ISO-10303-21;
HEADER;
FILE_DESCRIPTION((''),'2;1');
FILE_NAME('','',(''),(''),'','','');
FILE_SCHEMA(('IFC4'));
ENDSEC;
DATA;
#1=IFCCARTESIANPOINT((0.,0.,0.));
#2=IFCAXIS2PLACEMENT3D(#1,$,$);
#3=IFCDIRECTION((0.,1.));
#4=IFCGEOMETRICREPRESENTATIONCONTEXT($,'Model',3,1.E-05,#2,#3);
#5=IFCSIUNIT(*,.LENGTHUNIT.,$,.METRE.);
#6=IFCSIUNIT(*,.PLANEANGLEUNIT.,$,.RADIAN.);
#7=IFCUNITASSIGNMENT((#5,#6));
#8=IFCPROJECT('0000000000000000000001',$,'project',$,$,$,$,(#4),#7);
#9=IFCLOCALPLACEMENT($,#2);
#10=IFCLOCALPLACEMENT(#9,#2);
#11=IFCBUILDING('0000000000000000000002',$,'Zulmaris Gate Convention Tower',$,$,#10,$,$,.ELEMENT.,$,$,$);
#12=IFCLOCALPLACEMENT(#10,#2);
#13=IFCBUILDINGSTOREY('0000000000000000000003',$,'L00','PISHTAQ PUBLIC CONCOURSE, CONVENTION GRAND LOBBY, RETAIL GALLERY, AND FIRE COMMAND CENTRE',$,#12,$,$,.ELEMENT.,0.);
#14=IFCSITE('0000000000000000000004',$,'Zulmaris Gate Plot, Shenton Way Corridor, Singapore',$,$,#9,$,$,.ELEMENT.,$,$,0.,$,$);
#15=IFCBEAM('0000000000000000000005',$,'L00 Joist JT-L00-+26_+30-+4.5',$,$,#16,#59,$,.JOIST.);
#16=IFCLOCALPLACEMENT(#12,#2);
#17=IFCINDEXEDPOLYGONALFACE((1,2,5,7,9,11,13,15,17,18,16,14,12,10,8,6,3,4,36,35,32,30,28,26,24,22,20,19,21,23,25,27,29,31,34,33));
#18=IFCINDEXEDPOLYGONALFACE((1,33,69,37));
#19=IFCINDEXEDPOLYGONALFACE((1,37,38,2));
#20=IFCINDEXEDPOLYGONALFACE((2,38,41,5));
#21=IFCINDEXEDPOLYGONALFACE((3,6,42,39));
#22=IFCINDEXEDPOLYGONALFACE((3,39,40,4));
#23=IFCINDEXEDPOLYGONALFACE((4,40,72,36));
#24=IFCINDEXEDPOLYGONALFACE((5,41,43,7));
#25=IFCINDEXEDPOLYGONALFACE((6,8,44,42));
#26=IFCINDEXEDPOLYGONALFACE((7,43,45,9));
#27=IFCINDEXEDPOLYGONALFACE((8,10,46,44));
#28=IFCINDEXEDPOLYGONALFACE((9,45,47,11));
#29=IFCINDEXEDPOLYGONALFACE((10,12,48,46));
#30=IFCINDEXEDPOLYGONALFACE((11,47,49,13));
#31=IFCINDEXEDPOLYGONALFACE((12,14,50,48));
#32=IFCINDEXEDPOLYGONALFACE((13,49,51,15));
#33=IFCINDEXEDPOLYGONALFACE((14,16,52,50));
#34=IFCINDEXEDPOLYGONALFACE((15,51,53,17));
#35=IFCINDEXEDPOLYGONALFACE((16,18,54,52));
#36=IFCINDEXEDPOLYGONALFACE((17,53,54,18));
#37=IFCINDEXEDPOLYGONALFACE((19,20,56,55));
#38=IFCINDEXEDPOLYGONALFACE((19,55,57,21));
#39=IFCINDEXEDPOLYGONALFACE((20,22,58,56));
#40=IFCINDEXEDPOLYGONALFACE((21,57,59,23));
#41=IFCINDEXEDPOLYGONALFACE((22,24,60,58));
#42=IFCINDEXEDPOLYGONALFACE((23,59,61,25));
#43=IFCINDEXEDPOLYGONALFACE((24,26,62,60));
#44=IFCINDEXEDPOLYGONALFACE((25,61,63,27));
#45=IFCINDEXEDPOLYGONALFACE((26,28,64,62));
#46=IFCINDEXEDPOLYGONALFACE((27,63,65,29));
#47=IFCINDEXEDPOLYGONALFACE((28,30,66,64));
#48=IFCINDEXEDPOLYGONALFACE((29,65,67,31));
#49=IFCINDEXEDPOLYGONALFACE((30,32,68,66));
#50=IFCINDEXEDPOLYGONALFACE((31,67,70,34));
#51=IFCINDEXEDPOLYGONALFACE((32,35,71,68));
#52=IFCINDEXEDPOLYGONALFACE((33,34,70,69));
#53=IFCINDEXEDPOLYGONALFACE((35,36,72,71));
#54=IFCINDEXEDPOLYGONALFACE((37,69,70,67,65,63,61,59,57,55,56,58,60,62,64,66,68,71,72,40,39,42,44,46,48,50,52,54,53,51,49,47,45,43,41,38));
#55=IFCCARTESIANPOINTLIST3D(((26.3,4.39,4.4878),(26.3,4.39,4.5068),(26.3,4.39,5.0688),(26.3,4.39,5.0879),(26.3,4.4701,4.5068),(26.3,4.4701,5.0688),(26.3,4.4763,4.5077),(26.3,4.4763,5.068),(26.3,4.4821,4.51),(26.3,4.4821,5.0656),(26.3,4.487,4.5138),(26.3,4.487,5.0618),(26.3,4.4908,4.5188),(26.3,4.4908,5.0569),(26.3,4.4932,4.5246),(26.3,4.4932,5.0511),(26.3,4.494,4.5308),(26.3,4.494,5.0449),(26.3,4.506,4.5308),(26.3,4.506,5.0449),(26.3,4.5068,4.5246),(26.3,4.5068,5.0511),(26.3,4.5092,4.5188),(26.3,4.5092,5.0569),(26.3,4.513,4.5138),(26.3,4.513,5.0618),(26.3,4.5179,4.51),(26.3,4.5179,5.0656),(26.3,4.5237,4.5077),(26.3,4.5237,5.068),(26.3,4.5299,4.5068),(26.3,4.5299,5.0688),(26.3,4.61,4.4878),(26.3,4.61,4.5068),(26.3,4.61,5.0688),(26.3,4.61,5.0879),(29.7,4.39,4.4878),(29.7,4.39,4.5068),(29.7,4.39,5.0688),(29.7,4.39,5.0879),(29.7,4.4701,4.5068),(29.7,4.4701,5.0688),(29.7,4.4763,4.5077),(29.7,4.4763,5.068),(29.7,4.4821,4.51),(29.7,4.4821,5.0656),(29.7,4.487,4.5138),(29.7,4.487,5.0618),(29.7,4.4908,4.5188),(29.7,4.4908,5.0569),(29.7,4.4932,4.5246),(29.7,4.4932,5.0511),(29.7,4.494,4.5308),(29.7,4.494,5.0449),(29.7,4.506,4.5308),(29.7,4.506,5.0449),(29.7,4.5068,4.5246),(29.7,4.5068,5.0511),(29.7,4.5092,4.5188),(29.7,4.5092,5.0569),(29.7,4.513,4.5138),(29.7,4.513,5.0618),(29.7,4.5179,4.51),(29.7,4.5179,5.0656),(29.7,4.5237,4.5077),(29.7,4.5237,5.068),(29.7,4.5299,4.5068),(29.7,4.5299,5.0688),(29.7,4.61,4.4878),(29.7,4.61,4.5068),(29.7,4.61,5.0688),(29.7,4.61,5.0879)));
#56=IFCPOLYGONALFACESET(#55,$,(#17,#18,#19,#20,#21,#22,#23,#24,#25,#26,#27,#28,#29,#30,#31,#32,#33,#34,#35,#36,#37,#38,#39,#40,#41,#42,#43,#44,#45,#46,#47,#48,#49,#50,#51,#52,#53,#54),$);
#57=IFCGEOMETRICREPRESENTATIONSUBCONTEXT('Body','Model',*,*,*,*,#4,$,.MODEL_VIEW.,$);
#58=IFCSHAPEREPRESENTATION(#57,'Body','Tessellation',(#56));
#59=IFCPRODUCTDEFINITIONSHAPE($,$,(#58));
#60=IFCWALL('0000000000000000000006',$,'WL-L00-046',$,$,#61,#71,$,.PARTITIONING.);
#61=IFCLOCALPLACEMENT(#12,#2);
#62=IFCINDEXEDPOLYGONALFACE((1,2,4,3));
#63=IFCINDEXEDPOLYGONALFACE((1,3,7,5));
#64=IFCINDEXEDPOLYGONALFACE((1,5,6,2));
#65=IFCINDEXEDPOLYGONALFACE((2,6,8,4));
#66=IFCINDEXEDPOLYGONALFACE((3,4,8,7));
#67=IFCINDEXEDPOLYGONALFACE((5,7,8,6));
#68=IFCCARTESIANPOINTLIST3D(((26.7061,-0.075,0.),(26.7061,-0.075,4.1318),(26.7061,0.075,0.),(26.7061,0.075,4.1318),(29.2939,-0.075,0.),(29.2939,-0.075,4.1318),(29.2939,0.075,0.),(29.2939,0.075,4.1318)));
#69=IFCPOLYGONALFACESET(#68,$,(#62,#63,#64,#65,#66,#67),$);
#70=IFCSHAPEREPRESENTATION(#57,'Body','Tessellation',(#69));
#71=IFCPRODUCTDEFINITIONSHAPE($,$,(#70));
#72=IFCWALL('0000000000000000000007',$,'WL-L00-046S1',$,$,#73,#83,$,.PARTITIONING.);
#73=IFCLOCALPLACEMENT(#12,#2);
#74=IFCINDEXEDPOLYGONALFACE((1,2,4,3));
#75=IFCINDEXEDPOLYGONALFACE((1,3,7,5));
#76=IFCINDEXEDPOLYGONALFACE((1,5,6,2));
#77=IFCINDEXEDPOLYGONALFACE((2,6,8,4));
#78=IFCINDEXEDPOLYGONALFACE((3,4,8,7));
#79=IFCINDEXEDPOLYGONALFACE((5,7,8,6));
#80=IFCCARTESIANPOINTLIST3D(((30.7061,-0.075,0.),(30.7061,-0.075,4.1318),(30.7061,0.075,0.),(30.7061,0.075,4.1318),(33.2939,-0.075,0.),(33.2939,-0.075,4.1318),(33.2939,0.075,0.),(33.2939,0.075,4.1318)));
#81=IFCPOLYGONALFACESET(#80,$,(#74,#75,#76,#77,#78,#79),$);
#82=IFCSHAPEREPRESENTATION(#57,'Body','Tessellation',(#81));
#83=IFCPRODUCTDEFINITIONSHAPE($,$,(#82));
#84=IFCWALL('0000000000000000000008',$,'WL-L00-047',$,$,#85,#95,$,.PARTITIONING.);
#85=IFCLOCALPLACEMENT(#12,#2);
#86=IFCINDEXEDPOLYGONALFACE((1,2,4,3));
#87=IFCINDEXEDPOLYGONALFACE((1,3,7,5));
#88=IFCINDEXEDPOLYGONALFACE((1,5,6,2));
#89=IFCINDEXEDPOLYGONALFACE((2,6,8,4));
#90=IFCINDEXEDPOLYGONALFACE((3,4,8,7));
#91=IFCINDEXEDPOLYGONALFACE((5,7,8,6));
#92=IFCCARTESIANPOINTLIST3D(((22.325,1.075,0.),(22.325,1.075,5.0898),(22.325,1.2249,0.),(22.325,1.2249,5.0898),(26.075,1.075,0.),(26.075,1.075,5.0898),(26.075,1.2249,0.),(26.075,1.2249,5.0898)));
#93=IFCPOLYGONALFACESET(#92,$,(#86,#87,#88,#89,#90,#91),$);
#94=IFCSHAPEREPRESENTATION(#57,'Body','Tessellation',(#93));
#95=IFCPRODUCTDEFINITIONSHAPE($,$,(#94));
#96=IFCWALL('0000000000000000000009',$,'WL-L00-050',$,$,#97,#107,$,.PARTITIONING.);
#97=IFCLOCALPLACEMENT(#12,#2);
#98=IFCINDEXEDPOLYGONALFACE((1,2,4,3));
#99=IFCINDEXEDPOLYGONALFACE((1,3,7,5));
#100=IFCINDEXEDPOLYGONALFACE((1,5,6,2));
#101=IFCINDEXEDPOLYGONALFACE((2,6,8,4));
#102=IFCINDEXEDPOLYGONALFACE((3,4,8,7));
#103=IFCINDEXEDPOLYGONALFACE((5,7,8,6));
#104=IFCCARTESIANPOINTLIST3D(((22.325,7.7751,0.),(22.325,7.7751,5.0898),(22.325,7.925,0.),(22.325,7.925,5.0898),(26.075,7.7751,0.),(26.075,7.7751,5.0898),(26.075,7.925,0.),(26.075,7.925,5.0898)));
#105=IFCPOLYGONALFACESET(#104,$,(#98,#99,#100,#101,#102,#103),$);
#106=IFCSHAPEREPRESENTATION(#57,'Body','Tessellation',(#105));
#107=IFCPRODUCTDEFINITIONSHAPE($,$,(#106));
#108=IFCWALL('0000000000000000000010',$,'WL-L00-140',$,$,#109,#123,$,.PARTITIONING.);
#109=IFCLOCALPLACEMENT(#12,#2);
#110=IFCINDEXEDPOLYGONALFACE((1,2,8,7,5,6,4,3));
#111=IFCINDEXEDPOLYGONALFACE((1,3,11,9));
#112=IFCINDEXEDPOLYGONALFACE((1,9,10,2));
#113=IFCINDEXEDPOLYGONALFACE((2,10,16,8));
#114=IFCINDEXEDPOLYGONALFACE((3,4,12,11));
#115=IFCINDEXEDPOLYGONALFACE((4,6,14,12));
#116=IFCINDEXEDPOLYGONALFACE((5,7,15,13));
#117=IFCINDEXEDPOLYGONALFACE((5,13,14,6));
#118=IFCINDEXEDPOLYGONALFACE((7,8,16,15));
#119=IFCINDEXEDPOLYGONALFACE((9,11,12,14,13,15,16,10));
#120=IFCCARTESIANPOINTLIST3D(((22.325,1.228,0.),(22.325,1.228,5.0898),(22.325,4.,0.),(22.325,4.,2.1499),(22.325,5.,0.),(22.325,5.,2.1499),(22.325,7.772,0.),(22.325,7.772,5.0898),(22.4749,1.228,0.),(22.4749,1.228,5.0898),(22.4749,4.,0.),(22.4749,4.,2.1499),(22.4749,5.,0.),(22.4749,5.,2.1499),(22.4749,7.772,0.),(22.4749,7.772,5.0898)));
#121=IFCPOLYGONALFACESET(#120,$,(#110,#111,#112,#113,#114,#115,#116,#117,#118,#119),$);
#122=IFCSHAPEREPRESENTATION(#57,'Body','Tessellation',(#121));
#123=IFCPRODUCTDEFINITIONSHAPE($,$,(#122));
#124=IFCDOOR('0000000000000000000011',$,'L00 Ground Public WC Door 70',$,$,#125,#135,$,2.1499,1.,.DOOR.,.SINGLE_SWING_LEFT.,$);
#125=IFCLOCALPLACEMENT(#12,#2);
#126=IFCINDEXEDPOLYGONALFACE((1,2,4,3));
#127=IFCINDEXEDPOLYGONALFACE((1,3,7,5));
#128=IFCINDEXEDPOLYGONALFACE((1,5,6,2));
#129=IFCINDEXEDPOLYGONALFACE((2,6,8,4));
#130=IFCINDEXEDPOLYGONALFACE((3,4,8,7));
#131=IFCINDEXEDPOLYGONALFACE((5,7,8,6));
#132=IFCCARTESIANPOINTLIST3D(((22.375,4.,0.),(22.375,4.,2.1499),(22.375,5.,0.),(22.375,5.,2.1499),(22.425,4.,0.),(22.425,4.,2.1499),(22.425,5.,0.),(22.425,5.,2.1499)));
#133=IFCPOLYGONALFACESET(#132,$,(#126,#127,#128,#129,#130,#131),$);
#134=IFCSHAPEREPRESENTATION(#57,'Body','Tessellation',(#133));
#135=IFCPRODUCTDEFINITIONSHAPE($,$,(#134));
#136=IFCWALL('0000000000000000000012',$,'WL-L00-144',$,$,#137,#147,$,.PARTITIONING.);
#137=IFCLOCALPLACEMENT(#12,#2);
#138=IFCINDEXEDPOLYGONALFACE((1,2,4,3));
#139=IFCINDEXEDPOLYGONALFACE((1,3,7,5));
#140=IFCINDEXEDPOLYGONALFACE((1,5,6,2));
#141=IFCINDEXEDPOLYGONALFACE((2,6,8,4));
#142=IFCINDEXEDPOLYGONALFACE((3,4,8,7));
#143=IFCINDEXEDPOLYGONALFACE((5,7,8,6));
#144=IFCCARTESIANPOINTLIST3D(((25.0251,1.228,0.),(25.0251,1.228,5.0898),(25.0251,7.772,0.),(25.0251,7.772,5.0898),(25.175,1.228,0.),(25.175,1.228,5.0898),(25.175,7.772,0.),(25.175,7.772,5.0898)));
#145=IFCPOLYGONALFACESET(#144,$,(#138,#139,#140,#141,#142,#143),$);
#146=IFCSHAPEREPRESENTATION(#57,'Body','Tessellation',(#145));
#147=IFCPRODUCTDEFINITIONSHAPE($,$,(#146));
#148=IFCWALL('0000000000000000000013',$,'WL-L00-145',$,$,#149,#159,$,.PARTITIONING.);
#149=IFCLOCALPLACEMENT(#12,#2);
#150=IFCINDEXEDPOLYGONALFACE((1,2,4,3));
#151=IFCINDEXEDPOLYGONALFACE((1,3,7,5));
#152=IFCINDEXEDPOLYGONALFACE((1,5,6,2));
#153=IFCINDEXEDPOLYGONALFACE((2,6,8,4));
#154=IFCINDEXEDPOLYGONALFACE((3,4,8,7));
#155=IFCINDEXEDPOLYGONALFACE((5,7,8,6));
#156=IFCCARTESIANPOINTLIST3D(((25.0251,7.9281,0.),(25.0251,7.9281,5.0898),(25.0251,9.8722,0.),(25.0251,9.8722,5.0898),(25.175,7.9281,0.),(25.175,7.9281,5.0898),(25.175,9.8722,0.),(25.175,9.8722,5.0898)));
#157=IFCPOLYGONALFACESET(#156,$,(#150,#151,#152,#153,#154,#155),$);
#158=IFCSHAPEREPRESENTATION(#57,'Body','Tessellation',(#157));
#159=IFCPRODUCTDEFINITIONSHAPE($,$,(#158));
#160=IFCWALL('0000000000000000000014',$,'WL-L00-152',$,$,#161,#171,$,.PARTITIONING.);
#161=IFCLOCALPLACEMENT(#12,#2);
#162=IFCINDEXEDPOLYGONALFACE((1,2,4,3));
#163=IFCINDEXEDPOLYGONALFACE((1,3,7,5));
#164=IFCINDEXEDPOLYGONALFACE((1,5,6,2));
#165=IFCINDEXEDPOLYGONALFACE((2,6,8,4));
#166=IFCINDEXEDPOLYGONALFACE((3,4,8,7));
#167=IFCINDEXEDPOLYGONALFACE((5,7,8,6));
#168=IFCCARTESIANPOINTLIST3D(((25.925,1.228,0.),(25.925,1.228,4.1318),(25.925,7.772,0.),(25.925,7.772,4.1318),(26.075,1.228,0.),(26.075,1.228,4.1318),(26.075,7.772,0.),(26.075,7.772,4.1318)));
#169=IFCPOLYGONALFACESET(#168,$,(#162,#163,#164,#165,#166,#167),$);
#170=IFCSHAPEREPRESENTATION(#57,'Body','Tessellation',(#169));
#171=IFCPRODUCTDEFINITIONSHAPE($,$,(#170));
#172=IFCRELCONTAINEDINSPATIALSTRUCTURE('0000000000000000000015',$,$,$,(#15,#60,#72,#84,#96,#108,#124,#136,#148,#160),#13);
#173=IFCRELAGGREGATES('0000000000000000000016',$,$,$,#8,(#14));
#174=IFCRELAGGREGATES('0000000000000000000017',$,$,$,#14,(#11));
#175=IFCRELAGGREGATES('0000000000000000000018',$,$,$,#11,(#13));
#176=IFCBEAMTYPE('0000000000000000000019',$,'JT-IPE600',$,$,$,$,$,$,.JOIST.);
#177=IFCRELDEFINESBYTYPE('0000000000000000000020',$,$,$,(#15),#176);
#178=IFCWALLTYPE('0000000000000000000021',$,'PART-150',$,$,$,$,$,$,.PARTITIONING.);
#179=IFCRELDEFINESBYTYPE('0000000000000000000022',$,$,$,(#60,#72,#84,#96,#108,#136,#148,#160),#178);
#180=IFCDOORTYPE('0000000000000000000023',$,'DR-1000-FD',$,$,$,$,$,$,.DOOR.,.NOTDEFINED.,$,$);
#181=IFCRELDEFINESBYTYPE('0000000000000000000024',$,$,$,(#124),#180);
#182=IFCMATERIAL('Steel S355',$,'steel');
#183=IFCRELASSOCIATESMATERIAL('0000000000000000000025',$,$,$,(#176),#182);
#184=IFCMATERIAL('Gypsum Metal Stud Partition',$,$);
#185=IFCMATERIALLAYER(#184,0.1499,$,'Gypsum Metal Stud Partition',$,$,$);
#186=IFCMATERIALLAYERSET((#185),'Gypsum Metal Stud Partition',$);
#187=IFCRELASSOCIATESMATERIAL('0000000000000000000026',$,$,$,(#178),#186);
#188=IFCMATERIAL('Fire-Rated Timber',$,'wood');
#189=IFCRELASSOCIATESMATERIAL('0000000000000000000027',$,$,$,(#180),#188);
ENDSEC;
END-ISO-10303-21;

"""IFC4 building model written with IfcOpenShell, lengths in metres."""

from ifc_helpers import new_model, si_unit, direction, frame, frame_2d, origin, origin_2d, place, context, subcontext, project, spatial, rectangle, i_section, extrude, material, layer, layer_set, material_profile, profile_set, type_object, element, fill, save


model = new_model("IFC4")

# Units and contexts
model_context = context("Model", 3, precision=1e-05, world=origin(), true_north=direction((0.0, 1.0)))
body_context = subcontext(model_context, "Body", "Model", "MODEL_VIEW")
ifc_project = project(units=[si_unit("LENGTHUNIT", "METRE"), si_unit("PLANEANGLEUNIT", "RADIAN")], contexts=[model_context])

# Site, building, storey
site_placement = place(None, origin())
site = spatial("IfcSite", under=ifc_project, at=site_placement, Name="Zulmaris Gate Plot, Shenton Way Corridor, Singapore", CompositionType="ELEMENT", RefElevation=0.0)
building_placement = place(site_placement, origin())
building = spatial("IfcBuilding", under=site, at=building_placement, Name="Zulmaris Gate Convention Tower", CompositionType="ELEMENT")
storey_placement = place(building_placement, origin())
storey = spatial("IfcBuildingStorey", under=building, at=storey_placement, Name="L00", Description="PISHTAQ PUBLIC CONCOURSE, CONVENTION GRAND LOBBY, RETAIL GALLERY, AND FIRE COMMAND CENTRE", CompositionType="ELEMENT", Elevation=0.0)

# Beam
ifc_material_1 = material(Name="Steel S355", Category="steel")
ifc_material_profile_1 = material_profile(ifc_material_1, i_section(OverallWidth=0.22, OverallDepth=0.6001, WebThickness=0.012, FlangeThickness=0.019, FilletRadius=0.0239, at=origin_2d()), Name="IPE 600")
ifc_profile_set_1 = profile_set([ifc_material_profile_1], Name="Steel S355")
beam_type_1 = type_object("IfcBeamType", Name="JT-IPE600", PredefinedType="JOIST", material=ifc_profile_set_1)
beam_1_placement = place(storey_placement, frame((26.3, 4.5, 4.7878), z_axis=(1.0, 0.0, 0.0), x_axis=(0.0, 1.0, 0.0)))
element("IfcBeam", 1, at=beam_1_placement, inside=storey, type_object=beam_type_1, Name="L00 Joist JT-L00-+26_+30-+4.5", PredefinedType="JOIST", context=body_context, shape_type="SweptSolid", body=[
    extrude(i_section(OverallWidth=0.22, OverallDepth=0.6001, WebThickness=0.012, FlangeThickness=0.019, FilletRadius=0.0239, at=origin_2d()), origin(), (0.0, 0.0, 1.0), 3.3999),
])

# Walls
ifc_material_2 = material(Name="Gypsum Metal Stud Partition")
ifc_layer_1 = layer(ifc_material_2, 0.1499, Name="Gypsum Metal Stud Partition")
ifc_layer_set_1 = layer_set([ifc_layer_1], Name="Gypsum Metal Stud Partition")
wall_type_1 = type_object("IfcWallType", Name="PART-150", PredefinedType="PARTITIONING", material=ifc_layer_set_1)
for number, where, z_axis, x_axis, name in (
    (2, (26.7061, 0.0, 0.0), (0.0, 0.0, 1.0), (1.0, 0.0, 0.0), "WL-L00-046"),
    (3, (30.7061, 0.0, 0.0), (0.0, 0.0, 1.0), (1.0, 0.0, 0.0), "WL-L00-046S1"),
):
    element("IfcWall", number, at=place(storey_placement, frame(where, z_axis=z_axis, x_axis=x_axis)), inside=storey, type_object=wall_type_1, Name=name, PredefinedType="PARTITIONING", context=body_context, shape_type="SweptSolid", body=[
        extrude(rectangle(XDim=2.5879, YDim=0.1499, at=frame_2d((1.2939, 0.0))), origin(), (0.0, 0.0, 1.0), 4.1318),
    ])
for number, where, z_axis, x_axis, name in (
    (4, (22.325, 1.1499, 0.0), (0.0, 0.0, 1.0), (1.0, 0.0, 0.0), "WL-L00-047"),
    (5, (22.325, 7.8501, 0.0), (0.0, 0.0, 1.0), (1.0, 0.0, 0.0), "WL-L00-050"),
):
    element("IfcWall", number, at=place(storey_placement, frame(where, z_axis=z_axis, x_axis=x_axis)), inside=storey, type_object=wall_type_1, Name=name, PredefinedType="PARTITIONING", context=body_context, shape_type="SweptSolid", body=[
        extrude(rectangle(XDim=3.75, YDim=0.1499, at=frame_2d((1.875, 0.0))), origin(), (0.0, 0.0, 1.0), 5.0898),
    ])

# Wall, opening, door
wall_1_placement = place(storey_placement, frame((22.3999, 1.228, 0.0), z_axis=(0.0, 0.0, 1.0), x_axis=(0.0, 1.0, 0.0)))
wall_1 = element("IfcWall", 6, at=wall_1_placement, inside=storey, type_object=wall_type_1, Name="WL-L00-140", PredefinedType="PARTITIONING", context=body_context, shape_type="SweptSolid", body=[
    extrude(rectangle(XDim=6.5439, YDim=0.1499, at=frame_2d((3.272, 0.0))), origin(), (0.0, 0.0, 1.0), 5.0898),
])
opening_1_placement = place(wall_1_placement, frame((2.772, 0.0, 0.0)))
opening_1 = element("IfcOpeningElement", 7, at=opening_1_placement, cuts=wall_1, PredefinedType="OPENING", context=body_context, shape_type="SweptSolid", body=[
    extrude(rectangle(XDim=1.0, YDim=2.1499, at=frame_2d((0.5, 1.075))), frame((0.0, 0.085, 0.0), z_axis=(0.0, -1.0, 0.0), x_axis=(1.0, 0.0, 0.0)), (0.0, 0.0, 1.0), 0.1699),
])
ifc_material_3 = material(Name="Fire-Rated Timber", Category="wood")
door_type_1 = type_object("IfcDoorType", Name="DR-1000-FD", OperationType="NOTDEFINED", PredefinedType="DOOR", material=ifc_material_3)
door_1_placement = place(opening_1_placement, origin())
door_1 = element("IfcDoor", 8, at=door_1_placement, inside=storey, type_object=door_type_1, Name="L00 Ground Public WC Door 70", OperationType="SINGLE_SWING_LEFT", OverallHeight=2.1499, OverallWidth=1.0, PredefinedType="DOOR", context=body_context, shape_type="SweptSolid", body=[
    extrude(rectangle(XDim=1.0, YDim=2.1499, at=frame_2d((0.5, 1.075))), frame((0.0, 0.0249, 0.0), z_axis=(0.0, -1.0, 0.0), x_axis=(1.0, 0.0, 0.0)), (0.0, 0.0, 1.0), 0.05),
])
fill(opening_1, door_1)

# Walls
wall_2_placement = place(storey_placement, frame((25.1001, 1.228, 0.0), z_axis=(0.0, 0.0, 1.0), x_axis=(0.0, 1.0, 0.0)))
element("IfcWall", 9, at=wall_2_placement, inside=storey, type_object=wall_type_1, Name="WL-L00-144", PredefinedType="PARTITIONING", context=body_context, shape_type="SweptSolid", body=[
    extrude(rectangle(XDim=6.5439, YDim=0.1499, at=frame_2d((3.272, 0.0))), origin(), (0.0, 0.0, 1.0), 5.0898),
])
wall_3_placement = place(storey_placement, frame((25.1001, 7.928, 0.0), z_axis=(0.0, 0.0, 1.0), x_axis=(0.0, 1.0, 0.0)))
element("IfcWall", 10, at=wall_3_placement, inside=storey, type_object=wall_type_1, Name="WL-L00-145", PredefinedType="PARTITIONING", context=body_context, shape_type="SweptSolid", body=[
    extrude(rectangle(XDim=1.9441, YDim=0.1499, at=frame_2d((0.9722, 0.0))), origin(), (0.0, 0.0, 1.0), 5.0898),
])
wall_4_placement = place(storey_placement, frame((26.0, 1.228, 0.0), z_axis=(0.0, 0.0, 1.0), x_axis=(0.0, 1.0, 0.0)))
element("IfcWall", 11, at=wall_4_placement, inside=storey, type_object=wall_type_1, Name="WL-L00-152", PredefinedType="PARTITIONING", context=body_context, shape_type="SweptSolid", body=[
    extrude(rectangle(XDim=6.5439, YDim=0.1499, at=frame_2d((3.272, 0.0))), origin(), (0.0, 0.0, 1.0), 4.1318),
])

save(model, "model.ifc")
